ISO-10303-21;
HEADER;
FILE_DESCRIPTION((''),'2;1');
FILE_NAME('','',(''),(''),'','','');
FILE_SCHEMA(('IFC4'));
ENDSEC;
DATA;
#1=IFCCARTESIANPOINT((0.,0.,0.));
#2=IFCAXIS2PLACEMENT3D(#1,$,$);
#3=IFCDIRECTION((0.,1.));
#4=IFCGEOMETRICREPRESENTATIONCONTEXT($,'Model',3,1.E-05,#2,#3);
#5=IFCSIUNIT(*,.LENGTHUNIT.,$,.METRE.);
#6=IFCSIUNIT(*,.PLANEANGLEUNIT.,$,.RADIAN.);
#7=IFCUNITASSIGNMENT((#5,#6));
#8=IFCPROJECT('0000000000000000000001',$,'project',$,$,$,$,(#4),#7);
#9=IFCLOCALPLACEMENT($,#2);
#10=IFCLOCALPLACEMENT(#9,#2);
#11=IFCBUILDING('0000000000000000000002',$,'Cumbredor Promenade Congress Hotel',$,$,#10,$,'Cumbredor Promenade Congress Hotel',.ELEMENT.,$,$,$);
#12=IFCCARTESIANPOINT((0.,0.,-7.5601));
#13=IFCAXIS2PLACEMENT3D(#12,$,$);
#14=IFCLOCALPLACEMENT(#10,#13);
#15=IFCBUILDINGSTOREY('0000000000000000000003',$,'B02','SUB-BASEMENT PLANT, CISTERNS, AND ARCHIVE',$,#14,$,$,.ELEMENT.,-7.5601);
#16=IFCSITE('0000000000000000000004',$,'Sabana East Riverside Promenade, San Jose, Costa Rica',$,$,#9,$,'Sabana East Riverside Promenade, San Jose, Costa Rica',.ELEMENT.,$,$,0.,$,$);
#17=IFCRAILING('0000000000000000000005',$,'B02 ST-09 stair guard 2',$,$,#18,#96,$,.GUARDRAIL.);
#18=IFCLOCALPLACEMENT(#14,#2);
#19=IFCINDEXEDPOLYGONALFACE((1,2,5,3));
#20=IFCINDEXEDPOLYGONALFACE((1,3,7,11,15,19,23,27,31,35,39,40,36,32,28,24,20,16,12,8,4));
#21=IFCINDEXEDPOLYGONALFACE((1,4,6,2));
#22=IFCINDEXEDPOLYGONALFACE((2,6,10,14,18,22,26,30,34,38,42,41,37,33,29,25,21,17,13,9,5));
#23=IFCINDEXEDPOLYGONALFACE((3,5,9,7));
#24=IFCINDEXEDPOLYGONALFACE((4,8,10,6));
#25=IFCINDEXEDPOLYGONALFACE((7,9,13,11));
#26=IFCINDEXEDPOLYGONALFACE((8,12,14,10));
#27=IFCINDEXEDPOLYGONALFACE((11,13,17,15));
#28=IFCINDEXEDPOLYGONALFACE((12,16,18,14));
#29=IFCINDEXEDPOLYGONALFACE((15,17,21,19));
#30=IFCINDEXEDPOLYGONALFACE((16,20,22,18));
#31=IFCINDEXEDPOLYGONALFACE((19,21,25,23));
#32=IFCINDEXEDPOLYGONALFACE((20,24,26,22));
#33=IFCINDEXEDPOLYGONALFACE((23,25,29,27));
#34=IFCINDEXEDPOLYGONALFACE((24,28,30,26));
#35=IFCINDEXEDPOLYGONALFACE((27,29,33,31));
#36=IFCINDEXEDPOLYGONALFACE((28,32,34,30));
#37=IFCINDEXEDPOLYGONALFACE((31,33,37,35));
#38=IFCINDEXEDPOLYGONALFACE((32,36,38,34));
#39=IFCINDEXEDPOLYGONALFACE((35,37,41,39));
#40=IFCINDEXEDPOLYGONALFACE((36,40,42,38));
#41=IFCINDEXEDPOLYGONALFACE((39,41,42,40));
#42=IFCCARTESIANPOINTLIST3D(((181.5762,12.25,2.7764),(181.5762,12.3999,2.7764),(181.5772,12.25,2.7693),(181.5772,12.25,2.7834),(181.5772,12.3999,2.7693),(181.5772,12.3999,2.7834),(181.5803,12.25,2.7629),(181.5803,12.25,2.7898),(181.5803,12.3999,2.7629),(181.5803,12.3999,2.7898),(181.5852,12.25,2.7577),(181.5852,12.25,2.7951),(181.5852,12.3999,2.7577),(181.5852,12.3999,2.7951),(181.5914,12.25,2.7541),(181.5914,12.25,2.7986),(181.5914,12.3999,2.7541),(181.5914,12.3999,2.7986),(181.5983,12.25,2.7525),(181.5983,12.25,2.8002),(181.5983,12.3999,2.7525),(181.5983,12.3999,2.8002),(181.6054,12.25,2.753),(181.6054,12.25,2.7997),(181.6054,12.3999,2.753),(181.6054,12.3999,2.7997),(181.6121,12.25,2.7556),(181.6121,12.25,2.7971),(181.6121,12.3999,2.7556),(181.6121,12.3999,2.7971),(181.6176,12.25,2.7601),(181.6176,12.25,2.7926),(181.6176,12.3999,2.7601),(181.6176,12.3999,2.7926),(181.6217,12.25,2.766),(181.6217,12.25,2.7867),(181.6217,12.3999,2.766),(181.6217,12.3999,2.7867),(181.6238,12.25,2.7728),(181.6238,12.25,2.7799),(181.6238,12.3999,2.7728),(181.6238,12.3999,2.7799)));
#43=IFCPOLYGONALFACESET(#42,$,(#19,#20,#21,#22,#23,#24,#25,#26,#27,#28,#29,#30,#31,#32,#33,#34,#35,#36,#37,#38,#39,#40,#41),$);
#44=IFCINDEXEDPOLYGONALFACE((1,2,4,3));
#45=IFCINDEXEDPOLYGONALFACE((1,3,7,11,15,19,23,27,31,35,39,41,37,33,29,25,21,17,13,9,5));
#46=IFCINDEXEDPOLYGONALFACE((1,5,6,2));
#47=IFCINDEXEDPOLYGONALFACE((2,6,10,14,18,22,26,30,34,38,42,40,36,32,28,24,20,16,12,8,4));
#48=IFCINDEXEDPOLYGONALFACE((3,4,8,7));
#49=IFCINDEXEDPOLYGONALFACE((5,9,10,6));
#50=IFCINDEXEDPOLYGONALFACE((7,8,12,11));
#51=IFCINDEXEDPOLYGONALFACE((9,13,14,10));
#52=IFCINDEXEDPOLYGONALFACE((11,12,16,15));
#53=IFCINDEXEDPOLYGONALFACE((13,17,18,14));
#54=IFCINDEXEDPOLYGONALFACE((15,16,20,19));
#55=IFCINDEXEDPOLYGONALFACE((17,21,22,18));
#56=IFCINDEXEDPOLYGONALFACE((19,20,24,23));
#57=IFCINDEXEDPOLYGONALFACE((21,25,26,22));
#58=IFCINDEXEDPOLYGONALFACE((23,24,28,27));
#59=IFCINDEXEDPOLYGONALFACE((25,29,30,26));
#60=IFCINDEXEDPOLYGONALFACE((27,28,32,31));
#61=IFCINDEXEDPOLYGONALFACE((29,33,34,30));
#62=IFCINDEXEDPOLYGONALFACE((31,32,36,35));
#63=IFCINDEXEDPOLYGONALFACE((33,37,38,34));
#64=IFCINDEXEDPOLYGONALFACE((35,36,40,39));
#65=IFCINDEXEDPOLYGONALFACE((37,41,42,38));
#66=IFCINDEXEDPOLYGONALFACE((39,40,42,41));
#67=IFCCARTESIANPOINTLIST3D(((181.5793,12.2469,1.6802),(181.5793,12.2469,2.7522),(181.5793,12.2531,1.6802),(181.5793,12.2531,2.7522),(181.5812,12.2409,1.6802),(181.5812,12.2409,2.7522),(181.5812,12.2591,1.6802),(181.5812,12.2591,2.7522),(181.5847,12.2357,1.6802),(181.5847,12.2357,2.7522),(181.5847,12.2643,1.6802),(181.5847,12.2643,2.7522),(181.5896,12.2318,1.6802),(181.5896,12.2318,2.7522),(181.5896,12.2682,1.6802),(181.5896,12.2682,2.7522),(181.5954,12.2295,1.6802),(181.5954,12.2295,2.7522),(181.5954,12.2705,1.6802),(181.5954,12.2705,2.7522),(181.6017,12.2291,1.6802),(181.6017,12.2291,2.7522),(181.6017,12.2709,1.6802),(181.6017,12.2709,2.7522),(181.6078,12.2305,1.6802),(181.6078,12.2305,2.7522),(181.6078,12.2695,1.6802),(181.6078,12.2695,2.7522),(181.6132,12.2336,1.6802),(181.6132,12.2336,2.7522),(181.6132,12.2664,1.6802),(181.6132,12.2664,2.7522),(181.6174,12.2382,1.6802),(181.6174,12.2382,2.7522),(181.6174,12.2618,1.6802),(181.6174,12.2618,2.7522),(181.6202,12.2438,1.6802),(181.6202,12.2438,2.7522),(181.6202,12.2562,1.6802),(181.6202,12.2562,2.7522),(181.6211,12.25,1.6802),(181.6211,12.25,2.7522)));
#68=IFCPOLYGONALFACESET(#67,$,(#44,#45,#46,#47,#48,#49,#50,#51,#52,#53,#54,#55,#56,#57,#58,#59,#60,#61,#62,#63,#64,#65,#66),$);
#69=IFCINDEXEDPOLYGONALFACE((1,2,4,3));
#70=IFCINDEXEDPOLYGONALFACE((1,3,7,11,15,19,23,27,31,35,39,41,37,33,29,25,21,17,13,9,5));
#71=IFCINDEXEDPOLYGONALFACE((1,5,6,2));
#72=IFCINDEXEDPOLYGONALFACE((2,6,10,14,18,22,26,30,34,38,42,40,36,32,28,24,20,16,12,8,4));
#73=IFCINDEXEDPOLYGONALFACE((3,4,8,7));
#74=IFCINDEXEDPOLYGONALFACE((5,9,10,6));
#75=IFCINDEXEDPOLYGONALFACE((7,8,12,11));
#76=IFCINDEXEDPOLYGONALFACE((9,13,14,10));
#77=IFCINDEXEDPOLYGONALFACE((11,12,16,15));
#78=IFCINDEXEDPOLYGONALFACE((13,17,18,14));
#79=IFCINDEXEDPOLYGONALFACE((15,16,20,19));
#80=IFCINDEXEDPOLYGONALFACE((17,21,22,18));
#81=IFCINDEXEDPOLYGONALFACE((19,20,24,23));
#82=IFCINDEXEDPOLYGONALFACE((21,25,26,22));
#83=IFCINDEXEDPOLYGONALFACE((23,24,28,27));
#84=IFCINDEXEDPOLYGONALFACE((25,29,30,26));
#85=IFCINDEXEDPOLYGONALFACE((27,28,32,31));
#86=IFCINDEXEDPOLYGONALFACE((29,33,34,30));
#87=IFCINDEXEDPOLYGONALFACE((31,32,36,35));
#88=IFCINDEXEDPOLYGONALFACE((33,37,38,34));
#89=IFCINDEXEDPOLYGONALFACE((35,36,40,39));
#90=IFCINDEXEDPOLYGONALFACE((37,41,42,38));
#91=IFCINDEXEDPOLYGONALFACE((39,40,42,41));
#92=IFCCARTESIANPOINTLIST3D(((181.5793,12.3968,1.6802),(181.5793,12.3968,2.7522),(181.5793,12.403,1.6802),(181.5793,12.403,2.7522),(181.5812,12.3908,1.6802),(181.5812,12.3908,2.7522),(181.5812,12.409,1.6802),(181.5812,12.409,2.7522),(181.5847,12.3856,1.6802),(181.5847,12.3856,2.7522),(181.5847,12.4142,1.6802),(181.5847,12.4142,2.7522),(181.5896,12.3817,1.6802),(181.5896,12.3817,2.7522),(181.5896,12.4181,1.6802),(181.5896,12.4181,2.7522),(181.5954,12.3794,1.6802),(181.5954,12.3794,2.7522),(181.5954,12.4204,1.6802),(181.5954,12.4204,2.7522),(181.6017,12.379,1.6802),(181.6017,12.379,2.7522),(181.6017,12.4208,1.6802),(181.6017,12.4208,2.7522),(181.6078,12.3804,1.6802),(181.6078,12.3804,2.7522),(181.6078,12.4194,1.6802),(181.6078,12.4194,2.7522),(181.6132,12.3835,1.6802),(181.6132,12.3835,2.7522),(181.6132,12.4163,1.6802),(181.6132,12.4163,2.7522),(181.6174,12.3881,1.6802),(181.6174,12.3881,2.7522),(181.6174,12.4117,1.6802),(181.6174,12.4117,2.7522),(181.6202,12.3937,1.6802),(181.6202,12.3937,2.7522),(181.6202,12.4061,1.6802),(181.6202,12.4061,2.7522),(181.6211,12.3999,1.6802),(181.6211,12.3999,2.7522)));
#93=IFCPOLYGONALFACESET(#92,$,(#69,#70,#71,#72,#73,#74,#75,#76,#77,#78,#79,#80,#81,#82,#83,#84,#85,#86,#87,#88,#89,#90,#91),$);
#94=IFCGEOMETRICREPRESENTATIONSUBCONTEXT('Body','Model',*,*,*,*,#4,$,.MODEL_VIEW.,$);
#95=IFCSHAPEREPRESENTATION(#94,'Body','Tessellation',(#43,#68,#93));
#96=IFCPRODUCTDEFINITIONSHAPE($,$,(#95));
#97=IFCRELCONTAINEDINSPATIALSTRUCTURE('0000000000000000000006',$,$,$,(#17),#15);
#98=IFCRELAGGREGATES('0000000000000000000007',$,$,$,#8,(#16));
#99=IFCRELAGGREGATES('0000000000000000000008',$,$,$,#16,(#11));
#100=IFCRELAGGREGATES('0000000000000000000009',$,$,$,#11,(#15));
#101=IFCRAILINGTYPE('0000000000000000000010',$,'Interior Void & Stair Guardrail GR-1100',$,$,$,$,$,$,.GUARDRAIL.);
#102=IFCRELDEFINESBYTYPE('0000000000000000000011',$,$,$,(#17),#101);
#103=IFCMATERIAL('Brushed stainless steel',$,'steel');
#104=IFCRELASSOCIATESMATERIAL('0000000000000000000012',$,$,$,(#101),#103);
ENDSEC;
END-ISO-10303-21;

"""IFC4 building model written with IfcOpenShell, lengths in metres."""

from ifc_helpers import new_model, si_unit, direction, frame, origin, origin_2d, place, context, subcontext, project, spatial, circle, extrude, material, type_object, element, save


model = new_model("IFC4")

# Units and contexts
model_context = context("Model", 3, precision=1e-05, world=origin(), true_north=direction((0.0, 1.0)))
body_context = subcontext(model_context, "Body", "Model", "MODEL_VIEW")
ifc_project = project(units=[si_unit("LENGTHUNIT", "METRE"), si_unit("PLANEANGLEUNIT", "RADIAN")], contexts=[model_context])

# Site, building, storey
site_placement = place(None, origin())
site = spatial("IfcSite", under=ifc_project, at=site_placement, Name="Sabana East Riverside Promenade, San Jose, Costa Rica", LongName="Sabana East Riverside Promenade, San Jose, Costa Rica", CompositionType="ELEMENT", RefElevation=0.0)
building_placement = place(site_placement, origin())
building = spatial("IfcBuilding", under=site, at=building_placement, Name="Cumbredor Promenade Congress Hotel", LongName="Cumbredor Promenade Congress Hotel", CompositionType="ELEMENT")
storey_placement = place(building_placement, frame((0.0, 0.0, -7.5601)))
storey = spatial("IfcBuildingStorey", under=building, at=storey_placement, Name="B02", Description="SUB-BASEMENT PLANT, CISTERNS, AND ARCHIVE", CompositionType="ELEMENT", Elevation=-7.5601)

# Railing
ifc_material_1 = material(Name="Brushed stainless steel", Category="steel")
railing_type_1 = type_object("IfcRailingType", Name="Interior Void & Stair Guardrail GR-1100", PredefinedType="GUARDRAIL", material=ifc_material_1)
railing_1_placement = place(storey_placement, frame((181.6001, 12.25, 1.6802)))
element("IfcRailing", 1, at=railing_1_placement, inside=storey, type_object=railing_type_1, Name="B02 ST-09 stair guard 2", PredefinedType="GUARDRAIL", context=body_context, shape_type="SweptSolid", body=[
    extrude(circle(Radius=0.0239, at=origin_2d()), frame((0.0, 0.0, 1.0962), z_axis=(0.0, 1.0, 0.0), x_axis=(-1.0, 0.0, 0.0)), (0.0, 0.0, 1.0), 0.1499),
    extrude(circle(Radius=0.021, at=origin_2d()), origin(), (0.0, 0.0, 1.0), 1.072),
    extrude(circle(Radius=0.021, at=origin_2d()), frame((0.0, 0.1499, 0.0)), (0.0, 0.0, 1.0), 1.072),
])

save(model, "model.ifc")
